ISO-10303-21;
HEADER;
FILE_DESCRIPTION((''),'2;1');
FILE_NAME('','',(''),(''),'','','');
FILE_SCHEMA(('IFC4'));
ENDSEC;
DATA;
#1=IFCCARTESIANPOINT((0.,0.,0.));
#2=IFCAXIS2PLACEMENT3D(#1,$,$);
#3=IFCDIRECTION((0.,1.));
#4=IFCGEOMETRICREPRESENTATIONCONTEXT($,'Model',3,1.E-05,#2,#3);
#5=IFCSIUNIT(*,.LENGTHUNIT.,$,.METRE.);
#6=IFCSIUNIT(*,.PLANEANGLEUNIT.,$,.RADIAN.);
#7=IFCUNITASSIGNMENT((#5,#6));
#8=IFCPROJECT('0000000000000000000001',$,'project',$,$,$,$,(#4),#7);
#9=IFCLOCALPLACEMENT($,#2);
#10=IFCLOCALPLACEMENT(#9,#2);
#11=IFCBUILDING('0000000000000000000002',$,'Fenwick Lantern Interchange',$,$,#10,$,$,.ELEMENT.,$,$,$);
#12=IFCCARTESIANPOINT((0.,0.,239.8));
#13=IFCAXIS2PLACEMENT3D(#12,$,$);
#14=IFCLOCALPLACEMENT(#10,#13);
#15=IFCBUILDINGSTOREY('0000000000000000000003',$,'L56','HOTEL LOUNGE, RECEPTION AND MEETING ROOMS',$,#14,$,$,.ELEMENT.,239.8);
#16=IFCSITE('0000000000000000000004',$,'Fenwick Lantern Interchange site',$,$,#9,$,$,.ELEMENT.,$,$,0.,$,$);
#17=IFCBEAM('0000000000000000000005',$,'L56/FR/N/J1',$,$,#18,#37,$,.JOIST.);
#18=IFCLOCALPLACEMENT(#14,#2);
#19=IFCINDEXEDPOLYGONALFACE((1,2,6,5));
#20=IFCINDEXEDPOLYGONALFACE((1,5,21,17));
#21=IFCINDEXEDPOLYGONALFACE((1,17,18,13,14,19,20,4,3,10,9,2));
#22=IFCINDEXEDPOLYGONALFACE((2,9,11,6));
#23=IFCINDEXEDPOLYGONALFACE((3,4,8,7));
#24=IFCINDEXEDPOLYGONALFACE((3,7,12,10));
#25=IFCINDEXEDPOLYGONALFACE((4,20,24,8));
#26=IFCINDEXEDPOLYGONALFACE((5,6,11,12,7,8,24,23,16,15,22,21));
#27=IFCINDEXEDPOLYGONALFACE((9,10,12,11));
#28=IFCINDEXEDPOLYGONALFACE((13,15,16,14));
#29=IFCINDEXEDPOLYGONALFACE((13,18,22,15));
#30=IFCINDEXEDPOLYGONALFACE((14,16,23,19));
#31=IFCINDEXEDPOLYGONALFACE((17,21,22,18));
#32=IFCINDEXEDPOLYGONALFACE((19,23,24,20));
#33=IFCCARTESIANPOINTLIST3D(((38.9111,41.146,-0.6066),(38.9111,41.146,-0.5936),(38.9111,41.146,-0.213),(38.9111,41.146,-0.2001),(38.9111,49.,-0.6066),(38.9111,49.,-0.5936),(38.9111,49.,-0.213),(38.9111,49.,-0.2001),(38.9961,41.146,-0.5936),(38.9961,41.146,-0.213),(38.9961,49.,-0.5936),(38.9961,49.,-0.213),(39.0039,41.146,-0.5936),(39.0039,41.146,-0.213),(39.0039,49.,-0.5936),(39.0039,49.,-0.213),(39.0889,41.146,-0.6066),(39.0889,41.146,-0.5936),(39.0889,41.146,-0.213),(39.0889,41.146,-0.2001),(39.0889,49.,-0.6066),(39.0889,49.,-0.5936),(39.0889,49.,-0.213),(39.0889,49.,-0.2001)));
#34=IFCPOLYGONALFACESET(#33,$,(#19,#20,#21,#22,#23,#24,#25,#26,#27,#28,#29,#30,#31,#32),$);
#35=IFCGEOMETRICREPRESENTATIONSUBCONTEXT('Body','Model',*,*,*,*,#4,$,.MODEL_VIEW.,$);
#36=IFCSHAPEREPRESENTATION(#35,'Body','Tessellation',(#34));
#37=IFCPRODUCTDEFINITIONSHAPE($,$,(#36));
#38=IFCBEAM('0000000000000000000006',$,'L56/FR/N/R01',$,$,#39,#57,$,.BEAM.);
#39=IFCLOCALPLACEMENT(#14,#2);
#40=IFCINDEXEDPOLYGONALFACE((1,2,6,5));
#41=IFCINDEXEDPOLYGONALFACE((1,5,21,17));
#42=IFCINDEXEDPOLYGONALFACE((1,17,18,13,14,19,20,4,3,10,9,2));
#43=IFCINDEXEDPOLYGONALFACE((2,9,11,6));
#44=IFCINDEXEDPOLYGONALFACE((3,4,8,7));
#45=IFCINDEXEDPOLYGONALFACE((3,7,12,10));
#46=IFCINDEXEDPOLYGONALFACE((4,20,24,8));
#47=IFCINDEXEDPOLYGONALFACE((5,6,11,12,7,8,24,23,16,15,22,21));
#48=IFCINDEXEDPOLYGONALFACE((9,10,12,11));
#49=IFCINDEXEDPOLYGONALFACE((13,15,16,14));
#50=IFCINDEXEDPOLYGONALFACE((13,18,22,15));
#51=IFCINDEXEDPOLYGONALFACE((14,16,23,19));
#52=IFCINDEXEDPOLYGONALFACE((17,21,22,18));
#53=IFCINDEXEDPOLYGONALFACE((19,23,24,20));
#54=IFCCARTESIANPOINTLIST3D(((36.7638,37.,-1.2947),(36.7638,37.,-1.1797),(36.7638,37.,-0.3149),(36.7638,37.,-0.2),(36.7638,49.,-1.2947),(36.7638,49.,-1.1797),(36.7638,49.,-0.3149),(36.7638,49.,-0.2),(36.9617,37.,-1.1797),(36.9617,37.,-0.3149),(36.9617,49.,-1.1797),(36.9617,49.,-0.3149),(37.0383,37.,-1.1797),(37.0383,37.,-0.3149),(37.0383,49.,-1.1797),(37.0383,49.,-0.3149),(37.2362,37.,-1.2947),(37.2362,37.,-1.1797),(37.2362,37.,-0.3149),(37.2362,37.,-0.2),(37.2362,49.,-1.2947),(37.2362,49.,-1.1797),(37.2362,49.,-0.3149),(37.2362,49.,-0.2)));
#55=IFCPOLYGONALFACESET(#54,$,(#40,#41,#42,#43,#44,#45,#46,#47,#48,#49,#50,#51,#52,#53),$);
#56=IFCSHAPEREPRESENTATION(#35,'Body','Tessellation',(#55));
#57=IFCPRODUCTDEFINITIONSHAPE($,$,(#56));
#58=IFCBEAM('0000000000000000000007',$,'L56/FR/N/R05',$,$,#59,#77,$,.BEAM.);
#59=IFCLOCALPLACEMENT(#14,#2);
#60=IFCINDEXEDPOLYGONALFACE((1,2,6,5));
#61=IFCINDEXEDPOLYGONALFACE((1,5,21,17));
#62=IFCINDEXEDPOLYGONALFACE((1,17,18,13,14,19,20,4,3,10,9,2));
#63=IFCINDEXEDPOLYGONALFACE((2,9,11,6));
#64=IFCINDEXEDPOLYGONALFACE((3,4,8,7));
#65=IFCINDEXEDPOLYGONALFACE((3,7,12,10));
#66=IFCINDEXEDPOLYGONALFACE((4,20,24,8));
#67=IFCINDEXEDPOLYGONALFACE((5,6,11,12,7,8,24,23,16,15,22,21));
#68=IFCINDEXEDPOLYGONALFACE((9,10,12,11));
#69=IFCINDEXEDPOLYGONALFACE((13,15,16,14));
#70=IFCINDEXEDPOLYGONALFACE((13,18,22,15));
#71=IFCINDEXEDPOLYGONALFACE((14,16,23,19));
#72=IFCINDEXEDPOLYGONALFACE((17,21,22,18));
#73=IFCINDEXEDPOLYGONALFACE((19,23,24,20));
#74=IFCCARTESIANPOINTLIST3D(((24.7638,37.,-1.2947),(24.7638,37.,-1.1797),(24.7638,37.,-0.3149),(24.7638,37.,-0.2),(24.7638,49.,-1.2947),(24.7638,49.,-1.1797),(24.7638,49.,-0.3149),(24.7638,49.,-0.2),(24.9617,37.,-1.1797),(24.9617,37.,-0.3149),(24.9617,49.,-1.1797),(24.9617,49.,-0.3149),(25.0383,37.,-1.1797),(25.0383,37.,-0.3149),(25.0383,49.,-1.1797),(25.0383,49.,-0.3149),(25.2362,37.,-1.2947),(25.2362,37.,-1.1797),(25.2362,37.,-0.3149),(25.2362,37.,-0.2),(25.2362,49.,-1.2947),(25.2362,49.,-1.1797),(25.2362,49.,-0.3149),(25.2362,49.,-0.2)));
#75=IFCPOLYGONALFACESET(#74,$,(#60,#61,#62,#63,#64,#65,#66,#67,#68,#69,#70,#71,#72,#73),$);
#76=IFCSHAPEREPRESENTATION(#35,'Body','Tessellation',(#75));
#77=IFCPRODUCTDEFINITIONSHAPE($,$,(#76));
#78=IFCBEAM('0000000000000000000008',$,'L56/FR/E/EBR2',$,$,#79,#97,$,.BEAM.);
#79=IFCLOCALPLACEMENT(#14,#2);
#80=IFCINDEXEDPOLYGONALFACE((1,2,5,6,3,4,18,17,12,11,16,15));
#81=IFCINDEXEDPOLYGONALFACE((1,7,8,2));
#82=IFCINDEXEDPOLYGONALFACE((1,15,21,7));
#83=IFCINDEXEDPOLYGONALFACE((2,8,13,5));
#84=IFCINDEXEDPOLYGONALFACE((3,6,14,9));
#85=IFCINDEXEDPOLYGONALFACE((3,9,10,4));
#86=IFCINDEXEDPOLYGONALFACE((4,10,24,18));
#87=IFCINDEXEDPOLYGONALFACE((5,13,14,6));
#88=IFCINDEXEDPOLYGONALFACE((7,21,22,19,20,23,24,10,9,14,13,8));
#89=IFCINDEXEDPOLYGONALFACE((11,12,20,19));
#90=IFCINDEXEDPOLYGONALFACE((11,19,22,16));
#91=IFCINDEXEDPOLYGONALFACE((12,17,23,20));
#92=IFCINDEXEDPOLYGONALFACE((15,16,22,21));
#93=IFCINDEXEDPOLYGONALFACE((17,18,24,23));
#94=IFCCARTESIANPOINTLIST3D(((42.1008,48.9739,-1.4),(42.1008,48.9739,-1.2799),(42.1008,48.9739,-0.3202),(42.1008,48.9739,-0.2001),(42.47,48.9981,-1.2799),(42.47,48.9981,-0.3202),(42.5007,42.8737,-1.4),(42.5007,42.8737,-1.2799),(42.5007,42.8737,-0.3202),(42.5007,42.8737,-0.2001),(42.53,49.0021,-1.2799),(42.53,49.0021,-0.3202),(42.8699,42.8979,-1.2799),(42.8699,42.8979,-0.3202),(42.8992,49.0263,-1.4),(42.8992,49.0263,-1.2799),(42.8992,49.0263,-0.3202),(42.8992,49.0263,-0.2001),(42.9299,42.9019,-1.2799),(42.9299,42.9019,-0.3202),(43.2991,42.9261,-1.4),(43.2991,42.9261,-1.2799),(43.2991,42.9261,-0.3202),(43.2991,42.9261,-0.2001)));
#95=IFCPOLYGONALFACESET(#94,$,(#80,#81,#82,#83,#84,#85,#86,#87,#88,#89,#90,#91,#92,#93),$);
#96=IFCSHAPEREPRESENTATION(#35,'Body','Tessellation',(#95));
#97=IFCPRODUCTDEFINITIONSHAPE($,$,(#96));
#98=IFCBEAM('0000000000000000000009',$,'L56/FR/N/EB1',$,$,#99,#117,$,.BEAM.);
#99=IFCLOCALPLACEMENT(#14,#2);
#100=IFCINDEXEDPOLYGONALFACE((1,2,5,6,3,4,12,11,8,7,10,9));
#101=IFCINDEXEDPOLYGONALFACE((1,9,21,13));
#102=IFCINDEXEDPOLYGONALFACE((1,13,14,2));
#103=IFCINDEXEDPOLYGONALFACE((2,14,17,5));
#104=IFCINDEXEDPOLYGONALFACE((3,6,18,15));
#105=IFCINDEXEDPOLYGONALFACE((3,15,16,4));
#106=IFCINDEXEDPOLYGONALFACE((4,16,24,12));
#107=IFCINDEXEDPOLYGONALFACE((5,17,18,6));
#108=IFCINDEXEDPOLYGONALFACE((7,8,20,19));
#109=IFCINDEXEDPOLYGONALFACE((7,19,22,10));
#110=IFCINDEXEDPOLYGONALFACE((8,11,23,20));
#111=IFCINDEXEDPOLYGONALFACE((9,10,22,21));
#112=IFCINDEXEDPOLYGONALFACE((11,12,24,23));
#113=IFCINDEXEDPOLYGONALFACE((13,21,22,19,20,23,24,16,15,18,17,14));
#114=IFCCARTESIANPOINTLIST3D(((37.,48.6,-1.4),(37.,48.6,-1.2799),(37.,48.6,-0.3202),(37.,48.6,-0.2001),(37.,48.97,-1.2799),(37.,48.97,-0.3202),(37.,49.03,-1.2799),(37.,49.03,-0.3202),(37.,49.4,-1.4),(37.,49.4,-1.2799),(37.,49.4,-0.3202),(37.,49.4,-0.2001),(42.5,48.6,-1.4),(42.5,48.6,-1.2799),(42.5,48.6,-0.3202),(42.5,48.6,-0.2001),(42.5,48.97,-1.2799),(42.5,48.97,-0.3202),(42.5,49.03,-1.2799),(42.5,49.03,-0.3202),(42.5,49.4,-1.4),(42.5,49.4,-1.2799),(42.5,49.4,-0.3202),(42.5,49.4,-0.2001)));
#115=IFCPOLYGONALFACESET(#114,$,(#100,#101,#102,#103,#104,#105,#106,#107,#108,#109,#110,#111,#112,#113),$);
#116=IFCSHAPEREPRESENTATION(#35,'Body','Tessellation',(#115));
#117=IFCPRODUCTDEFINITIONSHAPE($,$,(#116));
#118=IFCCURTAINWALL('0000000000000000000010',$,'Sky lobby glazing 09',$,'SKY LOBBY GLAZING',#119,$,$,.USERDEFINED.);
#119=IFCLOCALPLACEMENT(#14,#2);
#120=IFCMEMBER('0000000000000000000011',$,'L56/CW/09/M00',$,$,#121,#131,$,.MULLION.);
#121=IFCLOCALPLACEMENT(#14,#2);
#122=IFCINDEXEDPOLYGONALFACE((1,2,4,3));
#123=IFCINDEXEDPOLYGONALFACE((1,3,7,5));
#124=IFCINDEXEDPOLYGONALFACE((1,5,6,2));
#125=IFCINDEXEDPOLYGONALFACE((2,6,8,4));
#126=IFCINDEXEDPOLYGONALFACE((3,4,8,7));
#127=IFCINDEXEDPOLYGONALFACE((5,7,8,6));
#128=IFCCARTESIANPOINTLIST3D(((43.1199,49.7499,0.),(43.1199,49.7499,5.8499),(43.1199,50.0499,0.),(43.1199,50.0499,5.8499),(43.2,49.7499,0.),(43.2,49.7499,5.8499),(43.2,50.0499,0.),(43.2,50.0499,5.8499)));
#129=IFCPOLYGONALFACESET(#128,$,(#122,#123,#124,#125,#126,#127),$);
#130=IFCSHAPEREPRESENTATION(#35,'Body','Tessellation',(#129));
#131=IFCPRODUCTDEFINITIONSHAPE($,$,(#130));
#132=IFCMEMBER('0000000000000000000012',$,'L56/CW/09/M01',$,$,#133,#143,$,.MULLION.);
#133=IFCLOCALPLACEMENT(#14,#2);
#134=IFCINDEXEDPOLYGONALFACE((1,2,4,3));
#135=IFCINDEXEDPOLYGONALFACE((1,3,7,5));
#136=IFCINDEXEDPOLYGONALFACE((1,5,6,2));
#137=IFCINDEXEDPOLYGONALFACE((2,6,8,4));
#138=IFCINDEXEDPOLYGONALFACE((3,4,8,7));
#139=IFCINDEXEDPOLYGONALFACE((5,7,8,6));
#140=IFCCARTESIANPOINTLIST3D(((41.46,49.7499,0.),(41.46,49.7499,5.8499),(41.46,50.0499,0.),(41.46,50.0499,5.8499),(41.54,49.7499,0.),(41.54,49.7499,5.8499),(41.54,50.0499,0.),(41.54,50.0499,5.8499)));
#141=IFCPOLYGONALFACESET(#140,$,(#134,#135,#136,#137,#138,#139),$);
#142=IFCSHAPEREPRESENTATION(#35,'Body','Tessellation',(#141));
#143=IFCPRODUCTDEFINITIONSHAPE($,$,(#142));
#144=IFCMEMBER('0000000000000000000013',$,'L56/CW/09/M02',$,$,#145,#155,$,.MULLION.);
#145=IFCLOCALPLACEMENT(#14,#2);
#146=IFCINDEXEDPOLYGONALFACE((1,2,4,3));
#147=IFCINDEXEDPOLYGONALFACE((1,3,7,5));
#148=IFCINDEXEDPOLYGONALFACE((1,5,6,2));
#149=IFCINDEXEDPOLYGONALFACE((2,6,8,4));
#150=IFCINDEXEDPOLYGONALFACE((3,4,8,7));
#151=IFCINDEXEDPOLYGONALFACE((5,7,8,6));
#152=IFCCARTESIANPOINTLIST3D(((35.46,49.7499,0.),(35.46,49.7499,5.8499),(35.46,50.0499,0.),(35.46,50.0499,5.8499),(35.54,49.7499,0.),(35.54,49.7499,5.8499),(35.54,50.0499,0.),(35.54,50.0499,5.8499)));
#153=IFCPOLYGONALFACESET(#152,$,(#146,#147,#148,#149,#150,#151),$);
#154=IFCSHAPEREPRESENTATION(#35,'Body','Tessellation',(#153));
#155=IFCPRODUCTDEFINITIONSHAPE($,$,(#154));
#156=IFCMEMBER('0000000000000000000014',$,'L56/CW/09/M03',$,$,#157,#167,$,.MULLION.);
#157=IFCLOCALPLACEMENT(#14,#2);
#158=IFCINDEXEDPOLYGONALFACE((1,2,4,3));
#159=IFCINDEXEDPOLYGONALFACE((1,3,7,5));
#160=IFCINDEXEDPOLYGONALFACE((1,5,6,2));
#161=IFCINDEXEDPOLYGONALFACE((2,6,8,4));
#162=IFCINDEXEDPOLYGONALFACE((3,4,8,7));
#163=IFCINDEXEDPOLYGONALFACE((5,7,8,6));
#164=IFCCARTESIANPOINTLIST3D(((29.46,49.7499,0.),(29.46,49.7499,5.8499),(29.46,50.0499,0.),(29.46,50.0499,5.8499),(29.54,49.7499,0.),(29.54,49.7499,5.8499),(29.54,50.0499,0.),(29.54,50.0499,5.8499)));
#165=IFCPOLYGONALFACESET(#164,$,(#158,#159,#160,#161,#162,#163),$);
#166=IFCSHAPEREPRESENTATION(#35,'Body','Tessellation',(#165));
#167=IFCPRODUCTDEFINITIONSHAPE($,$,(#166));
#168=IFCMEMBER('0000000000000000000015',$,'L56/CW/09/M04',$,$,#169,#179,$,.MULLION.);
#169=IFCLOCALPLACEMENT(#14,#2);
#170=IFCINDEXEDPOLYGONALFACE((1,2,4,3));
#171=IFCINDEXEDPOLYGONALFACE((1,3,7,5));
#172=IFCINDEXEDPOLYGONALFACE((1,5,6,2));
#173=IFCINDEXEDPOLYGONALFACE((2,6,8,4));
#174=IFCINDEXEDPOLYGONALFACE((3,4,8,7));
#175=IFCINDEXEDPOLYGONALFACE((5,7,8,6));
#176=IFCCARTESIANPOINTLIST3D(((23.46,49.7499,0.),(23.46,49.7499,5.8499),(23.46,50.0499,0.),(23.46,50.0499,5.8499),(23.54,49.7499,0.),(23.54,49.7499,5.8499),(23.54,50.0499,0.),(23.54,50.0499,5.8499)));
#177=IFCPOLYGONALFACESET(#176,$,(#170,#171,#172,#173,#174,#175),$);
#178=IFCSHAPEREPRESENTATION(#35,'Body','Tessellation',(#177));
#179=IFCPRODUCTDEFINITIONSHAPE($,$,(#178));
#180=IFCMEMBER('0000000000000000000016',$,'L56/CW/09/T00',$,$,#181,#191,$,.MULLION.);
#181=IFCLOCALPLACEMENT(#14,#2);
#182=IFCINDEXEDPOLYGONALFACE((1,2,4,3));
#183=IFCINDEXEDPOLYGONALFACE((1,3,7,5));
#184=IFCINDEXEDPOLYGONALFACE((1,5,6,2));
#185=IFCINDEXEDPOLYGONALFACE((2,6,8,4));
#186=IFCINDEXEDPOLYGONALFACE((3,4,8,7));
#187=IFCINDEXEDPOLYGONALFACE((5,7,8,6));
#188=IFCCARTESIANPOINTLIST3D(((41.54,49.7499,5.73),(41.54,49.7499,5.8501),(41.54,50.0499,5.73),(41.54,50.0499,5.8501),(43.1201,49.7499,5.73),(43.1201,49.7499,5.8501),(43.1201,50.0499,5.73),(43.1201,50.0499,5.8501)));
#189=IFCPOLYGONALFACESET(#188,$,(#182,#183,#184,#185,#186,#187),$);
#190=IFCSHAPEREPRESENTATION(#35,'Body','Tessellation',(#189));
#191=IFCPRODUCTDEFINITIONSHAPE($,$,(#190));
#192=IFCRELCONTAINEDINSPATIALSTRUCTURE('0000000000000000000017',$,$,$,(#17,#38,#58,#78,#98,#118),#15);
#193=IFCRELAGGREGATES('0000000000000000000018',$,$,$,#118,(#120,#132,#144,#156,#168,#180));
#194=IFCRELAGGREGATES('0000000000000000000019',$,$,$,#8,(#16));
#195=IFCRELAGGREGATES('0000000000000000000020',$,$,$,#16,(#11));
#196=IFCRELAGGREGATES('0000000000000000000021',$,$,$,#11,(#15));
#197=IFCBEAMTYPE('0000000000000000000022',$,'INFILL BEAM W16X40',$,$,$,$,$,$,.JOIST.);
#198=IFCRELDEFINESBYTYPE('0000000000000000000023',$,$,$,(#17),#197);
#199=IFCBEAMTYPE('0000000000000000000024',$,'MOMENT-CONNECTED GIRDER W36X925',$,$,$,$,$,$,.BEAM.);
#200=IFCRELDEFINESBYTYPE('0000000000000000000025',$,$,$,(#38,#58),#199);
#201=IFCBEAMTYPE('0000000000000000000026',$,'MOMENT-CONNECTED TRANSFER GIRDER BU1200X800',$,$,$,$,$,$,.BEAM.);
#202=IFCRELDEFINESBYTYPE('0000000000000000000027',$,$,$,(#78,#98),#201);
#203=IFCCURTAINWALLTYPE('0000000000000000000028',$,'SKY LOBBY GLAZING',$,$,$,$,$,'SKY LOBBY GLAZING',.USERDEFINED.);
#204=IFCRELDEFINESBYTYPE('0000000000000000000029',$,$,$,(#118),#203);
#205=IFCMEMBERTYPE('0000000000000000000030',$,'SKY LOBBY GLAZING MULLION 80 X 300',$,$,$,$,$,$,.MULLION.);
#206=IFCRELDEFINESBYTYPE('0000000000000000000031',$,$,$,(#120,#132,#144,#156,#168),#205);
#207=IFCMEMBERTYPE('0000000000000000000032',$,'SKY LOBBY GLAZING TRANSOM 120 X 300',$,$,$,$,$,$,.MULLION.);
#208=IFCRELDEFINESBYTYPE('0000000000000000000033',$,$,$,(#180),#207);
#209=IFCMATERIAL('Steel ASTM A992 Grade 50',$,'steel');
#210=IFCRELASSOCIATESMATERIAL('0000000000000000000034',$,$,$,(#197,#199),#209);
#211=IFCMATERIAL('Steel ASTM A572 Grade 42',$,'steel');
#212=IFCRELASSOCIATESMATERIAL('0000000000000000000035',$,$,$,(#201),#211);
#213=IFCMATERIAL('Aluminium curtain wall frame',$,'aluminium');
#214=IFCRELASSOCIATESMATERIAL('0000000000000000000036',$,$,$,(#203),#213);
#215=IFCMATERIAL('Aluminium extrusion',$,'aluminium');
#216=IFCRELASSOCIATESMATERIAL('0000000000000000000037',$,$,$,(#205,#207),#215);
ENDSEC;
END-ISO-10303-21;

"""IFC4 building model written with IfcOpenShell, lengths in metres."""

from ifc_helpers import new_model, si_unit, direction, frame, origin, origin_2d, place, context, subcontext, project, spatial, rectangle, i_section, extrude, material, material_profile, profile_set, type_object, element, aggregate, save


model = new_model("IFC4")

# Units and contexts
model_context = context("Model", 3, precision=1e-05, world=origin(), true_north=direction((0.0, 1.0)))
body_context = subcontext(model_context, "Body", "Model", "MODEL_VIEW")
ifc_project = project(units=[si_unit("LENGTHUNIT", "METRE"), si_unit("PLANEANGLEUNIT", "RADIAN")], contexts=[model_context])

# Site, building, storey
site_placement = place(None, origin())
site = spatial("IfcSite", under=ifc_project, at=site_placement, Name="Fenwick Lantern Interchange site", CompositionType="ELEMENT", RefElevation=0.0)
building_placement = place(site_placement, origin())
building = spatial("IfcBuilding", under=site, at=building_placement, Name="Fenwick Lantern Interchange", CompositionType="ELEMENT")
storey_placement = place(building_placement, frame((0.0, 0.0, 239.8)))
storey = spatial("IfcBuildingStorey", under=building, at=storey_placement, Name="L56", Description="HOTEL LOUNGE, RECEPTION AND MEETING ROOMS", CompositionType="ELEMENT", Elevation=239.8)

# Shared definitions
ifc_material_1 = material(Name="Steel ASTM A992 Grade 50", Category="steel")

# Beams
ifc_material_profile_1 = material_profile(ifc_material_1, i_section(OverallWidth=0.1777, OverallDepth=0.4065, WebThickness=0.0078, FlangeThickness=0.0129, at=origin_2d()), Name="W16X40")
ifc_profile_set_1 = profile_set([ifc_material_profile_1], Name="Steel ASTM A992 Grade 50")
beam_type_1 = type_object("IfcBeamType", Name="INFILL BEAM W16X40", PredefinedType="JOIST", material=ifc_profile_set_1)
beam_1_placement = place(storey_placement, frame((39.0, 49.0, -0.4033), z_axis=(0.0, -1.0, 0.0), x_axis=(1.0, 0.0, 0.0)))
element("IfcBeam", 1, at=beam_1_placement, inside=storey, type_object=beam_type_1, Name="L56/FR/N/J1", PredefinedType="JOIST", context=body_context, shape_type="SweptSolid", body=[
    extrude(i_section(OverallWidth=0.1777, OverallDepth=0.4065, WebThickness=0.0078, FlangeThickness=0.0129, at=origin_2d()), origin(), (0.0, 0.0, 1.0), 7.854),
])
ifc_material_profile_2 = material_profile(ifc_material_1, i_section(OverallWidth=0.4724, OverallDepth=1.0947, WebThickness=0.0767, FlangeThickness=0.115, at=origin_2d()), Name="W36X925")
ifc_profile_set_2 = profile_set([ifc_material_profile_2], Name="Steel ASTM A992 Grade 50")
beam_type_2 = type_object("IfcBeamType", Name="MOMENT-CONNECTED GIRDER W36X925", PredefinedType="BEAM", material=ifc_profile_set_2)
for number, where, z_axis, x_axis, name in (
    (2, (37.0, 49.0, -0.7473), (0.0, -1.0, 0.0), (1.0, 0.0, 0.0), "L56/FR/N/R01"),
    (3, (25.0, 49.0, -0.7473), (0.0, -1.0, 0.0), (1.0, 0.0, 0.0), "L56/FR/N/R05"),
):
    element("IfcBeam", number, at=place(storey_placement, frame(where, z_axis=z_axis, x_axis=x_axis)), inside=storey, type_object=beam_type_2, Name=name, PredefinedType="BEAM", context=body_context, shape_type="SweptSolid", body=[
        extrude(i_section(OverallWidth=0.4724, OverallDepth=1.0947, WebThickness=0.0767, FlangeThickness=0.115, at=origin_2d()), origin(), (0.0, 0.0, 1.0), 12.0),
    ])
ifc_material_2 = material(Name="Steel ASTM A572 Grade 42", Category="steel")
ifc_material_profile_3 = material_profile(ifc_material_2, i_section(OverallWidth=0.8, OverallDepth=1.2, WebThickness=0.0601, FlangeThickness=0.1201, at=origin_2d()), Name="BU1200X800")
ifc_profile_set_3 = profile_set([ifc_material_profile_3], Name="Steel ASTM A572 Grade 42")
beam_type_3 = type_object("IfcBeamType", Name="MOMENT-CONNECTED TRANSFER GIRDER BU1200X800", PredefinedType="BEAM", material=ifc_profile_set_3)
beam_2_placement = place(storey_placement, frame((42.8999, 42.8999, -0.8), z_axis=(-0.065416, 0.997858, 0.0), x_axis=(-0.997858, -0.065416, 0.0)))
element("IfcBeam", 4, at=beam_2_placement, inside=storey, type_object=beam_type_3, Name="L56/FR/E/EBR2", PredefinedType="BEAM", context=body_context, shape_type="SweptSolid", body=[
    extrude(i_section(OverallWidth=0.8, OverallDepth=1.2, WebThickness=0.0601, FlangeThickness=0.1201, at=origin_2d()), origin(), (0.0, 0.0, 1.0), 6.1133),
])
beam_3_placement = place(storey_placement, frame((42.5, 49.0, -0.8), z_axis=(-1.0, 0.0, 0.0), x_axis=(0.0, -1.0, 0.0)))
element("IfcBeam", 5, at=beam_3_placement, inside=storey, type_object=beam_type_3, Name="L56/FR/N/EB1", PredefinedType="BEAM", context=body_context, shape_type="SweptSolid", body=[
    extrude(i_section(OverallWidth=0.8, OverallDepth=1.2, WebThickness=0.0601, FlangeThickness=0.1201, at=origin_2d()), origin(), (0.0, 0.0, 1.0), 5.5),
])

# Curtain wall, members
ifc_material_3 = material(Name="Aluminium curtain wall frame", Category="aluminium")
curtain_wall_type = type_object("IfcCurtainWallType", Name="SKY LOBBY GLAZING", ElementType="SKY LOBBY GLAZING", PredefinedType="USERDEFINED", material=ifc_material_3)
curtain_wall_placement = place(storey_placement, origin())
curtain_wall = element("IfcCurtainWall", 6, at=curtain_wall_placement, inside=storey, type_object=curtain_wall_type, Name="Sky lobby glazing 09", ObjectType="SKY LOBBY GLAZING", PredefinedType="USERDEFINED")
ifc_material_4 = material(Name="Aluminium extrusion", Category="aluminium")
ifc_material_profile_4 = material_profile(ifc_material_4, rectangle(XDim=0.3, YDim=0.0801, at=origin_2d()), Name="SKY LOBBY GLAZING MULLION 80 X 300")
ifc_profile_set_4 = profile_set([ifc_material_profile_4], Name="Aluminium extrusion")
member_type_1 = type_object("IfcMemberType", Name="SKY LOBBY GLAZING MULLION 80 X 300", PredefinedType="MULLION", material=ifc_profile_set_4)
member_1_placement = place(storey_placement, frame((43.1599, 49.8999, 0.0), z_axis=(0.0, 0.0, 1.0), x_axis=(0.0, -1.0, 0.0)))
member_1 = element("IfcMember", 7, at=member_1_placement, type_object=member_type_1, Name="L56/CW/09/M00", PredefinedType="MULLION", context=body_context, shape_type="SweptSolid", body=[
    extrude(rectangle(XDim=0.3, YDim=0.0801, at=origin_2d()), origin(), (0.0, 0.0, 1.0), 5.8499),
])
member_2_placement = place(storey_placement, frame((41.5, 49.8999, 0.0), z_axis=(0.0, 0.0, 1.0), x_axis=(0.0, -1.0, 0.0)))
member_2 = element("IfcMember", 8, at=member_2_placement, type_object=member_type_1, Name="L56/CW/09/M01", PredefinedType="MULLION", context=body_context, shape_type="SweptSolid", body=[
    extrude(rectangle(XDim=0.3, YDim=0.0801, at=origin_2d()), origin(), (0.0, 0.0, 1.0), 5.8499),
])
member_3_placement = place(storey_placement, frame((35.5, 49.8999, 0.0), z_axis=(0.0, 0.0, 1.0), x_axis=(0.0, -1.0, 0.0)))
member_3 = element("IfcMember", 9, at=member_3_placement, type_object=member_type_1, Name="L56/CW/09/M02", PredefinedType="MULLION", context=body_context, shape_type="SweptSolid", body=[
    extrude(rectangle(XDim=0.3, YDim=0.0801, at=origin_2d()), origin(), (0.0, 0.0, 1.0), 5.8499),
])
member_4_placement = place(storey_placement, frame((29.5, 49.8999, 0.0), z_axis=(0.0, 0.0, 1.0), x_axis=(0.0, -1.0, 0.0)))
member_4 = element("IfcMember", 10, at=member_4_placement, type_object=member_type_1, Name="L56/CW/09/M03", PredefinedType="MULLION", context=body_context, shape_type="SweptSolid", body=[
    extrude(rectangle(XDim=0.3, YDim=0.0801, at=origin_2d()), origin(), (0.0, 0.0, 1.0), 5.8499),
])
member_5_placement = place(storey_placement, frame((23.5, 49.8999, 0.0), z_axis=(0.0, 0.0, 1.0), x_axis=(0.0, -1.0, 0.0)))
member_5 = element("IfcMember", 11, at=member_5_placement, type_object=member_type_1, Name="L56/CW/09/M04", PredefinedType="MULLION", context=body_context, shape_type="SweptSolid", body=[
    extrude(rectangle(XDim=0.3, YDim=0.0801, at=origin_2d()), origin(), (0.0, 0.0, 1.0), 5.8499),
])
ifc_material_profile_5 = material_profile(ifc_material_4, rectangle(XDim=0.3, YDim=0.1201, at=origin_2d()), Name="SKY LOBBY GLAZING TRANSOM 120 X 300")
ifc_profile_set_5 = profile_set([ifc_material_profile_5], Name="Aluminium extrusion")
member_type_2 = type_object("IfcMemberType", Name="SKY LOBBY GLAZING TRANSOM 120 X 300", PredefinedType="MULLION", material=ifc_profile_set_5)
member_6_placement = place(storey_placement, frame((43.1201, 49.8999, 5.79), z_axis=(-1.0, 0.0, 0.0), x_axis=(0.0, -1.0, 0.0)))
member_6 = element("IfcMember", 12, at=member_6_placement, type_object=member_type_2, Name="L56/CW/09/T00", PredefinedType="MULLION", context=body_context, shape_type="SweptSolid", body=[
    extrude(rectangle(XDim=0.3, YDim=0.1201, at=origin_2d()), origin(), (0.0, 0.0, 1.0), 1.5801),
])
aggregate(curtain_wall, [member_1, member_2, member_3, member_4, member_5, member_6])

save(model, "model.ifc")
